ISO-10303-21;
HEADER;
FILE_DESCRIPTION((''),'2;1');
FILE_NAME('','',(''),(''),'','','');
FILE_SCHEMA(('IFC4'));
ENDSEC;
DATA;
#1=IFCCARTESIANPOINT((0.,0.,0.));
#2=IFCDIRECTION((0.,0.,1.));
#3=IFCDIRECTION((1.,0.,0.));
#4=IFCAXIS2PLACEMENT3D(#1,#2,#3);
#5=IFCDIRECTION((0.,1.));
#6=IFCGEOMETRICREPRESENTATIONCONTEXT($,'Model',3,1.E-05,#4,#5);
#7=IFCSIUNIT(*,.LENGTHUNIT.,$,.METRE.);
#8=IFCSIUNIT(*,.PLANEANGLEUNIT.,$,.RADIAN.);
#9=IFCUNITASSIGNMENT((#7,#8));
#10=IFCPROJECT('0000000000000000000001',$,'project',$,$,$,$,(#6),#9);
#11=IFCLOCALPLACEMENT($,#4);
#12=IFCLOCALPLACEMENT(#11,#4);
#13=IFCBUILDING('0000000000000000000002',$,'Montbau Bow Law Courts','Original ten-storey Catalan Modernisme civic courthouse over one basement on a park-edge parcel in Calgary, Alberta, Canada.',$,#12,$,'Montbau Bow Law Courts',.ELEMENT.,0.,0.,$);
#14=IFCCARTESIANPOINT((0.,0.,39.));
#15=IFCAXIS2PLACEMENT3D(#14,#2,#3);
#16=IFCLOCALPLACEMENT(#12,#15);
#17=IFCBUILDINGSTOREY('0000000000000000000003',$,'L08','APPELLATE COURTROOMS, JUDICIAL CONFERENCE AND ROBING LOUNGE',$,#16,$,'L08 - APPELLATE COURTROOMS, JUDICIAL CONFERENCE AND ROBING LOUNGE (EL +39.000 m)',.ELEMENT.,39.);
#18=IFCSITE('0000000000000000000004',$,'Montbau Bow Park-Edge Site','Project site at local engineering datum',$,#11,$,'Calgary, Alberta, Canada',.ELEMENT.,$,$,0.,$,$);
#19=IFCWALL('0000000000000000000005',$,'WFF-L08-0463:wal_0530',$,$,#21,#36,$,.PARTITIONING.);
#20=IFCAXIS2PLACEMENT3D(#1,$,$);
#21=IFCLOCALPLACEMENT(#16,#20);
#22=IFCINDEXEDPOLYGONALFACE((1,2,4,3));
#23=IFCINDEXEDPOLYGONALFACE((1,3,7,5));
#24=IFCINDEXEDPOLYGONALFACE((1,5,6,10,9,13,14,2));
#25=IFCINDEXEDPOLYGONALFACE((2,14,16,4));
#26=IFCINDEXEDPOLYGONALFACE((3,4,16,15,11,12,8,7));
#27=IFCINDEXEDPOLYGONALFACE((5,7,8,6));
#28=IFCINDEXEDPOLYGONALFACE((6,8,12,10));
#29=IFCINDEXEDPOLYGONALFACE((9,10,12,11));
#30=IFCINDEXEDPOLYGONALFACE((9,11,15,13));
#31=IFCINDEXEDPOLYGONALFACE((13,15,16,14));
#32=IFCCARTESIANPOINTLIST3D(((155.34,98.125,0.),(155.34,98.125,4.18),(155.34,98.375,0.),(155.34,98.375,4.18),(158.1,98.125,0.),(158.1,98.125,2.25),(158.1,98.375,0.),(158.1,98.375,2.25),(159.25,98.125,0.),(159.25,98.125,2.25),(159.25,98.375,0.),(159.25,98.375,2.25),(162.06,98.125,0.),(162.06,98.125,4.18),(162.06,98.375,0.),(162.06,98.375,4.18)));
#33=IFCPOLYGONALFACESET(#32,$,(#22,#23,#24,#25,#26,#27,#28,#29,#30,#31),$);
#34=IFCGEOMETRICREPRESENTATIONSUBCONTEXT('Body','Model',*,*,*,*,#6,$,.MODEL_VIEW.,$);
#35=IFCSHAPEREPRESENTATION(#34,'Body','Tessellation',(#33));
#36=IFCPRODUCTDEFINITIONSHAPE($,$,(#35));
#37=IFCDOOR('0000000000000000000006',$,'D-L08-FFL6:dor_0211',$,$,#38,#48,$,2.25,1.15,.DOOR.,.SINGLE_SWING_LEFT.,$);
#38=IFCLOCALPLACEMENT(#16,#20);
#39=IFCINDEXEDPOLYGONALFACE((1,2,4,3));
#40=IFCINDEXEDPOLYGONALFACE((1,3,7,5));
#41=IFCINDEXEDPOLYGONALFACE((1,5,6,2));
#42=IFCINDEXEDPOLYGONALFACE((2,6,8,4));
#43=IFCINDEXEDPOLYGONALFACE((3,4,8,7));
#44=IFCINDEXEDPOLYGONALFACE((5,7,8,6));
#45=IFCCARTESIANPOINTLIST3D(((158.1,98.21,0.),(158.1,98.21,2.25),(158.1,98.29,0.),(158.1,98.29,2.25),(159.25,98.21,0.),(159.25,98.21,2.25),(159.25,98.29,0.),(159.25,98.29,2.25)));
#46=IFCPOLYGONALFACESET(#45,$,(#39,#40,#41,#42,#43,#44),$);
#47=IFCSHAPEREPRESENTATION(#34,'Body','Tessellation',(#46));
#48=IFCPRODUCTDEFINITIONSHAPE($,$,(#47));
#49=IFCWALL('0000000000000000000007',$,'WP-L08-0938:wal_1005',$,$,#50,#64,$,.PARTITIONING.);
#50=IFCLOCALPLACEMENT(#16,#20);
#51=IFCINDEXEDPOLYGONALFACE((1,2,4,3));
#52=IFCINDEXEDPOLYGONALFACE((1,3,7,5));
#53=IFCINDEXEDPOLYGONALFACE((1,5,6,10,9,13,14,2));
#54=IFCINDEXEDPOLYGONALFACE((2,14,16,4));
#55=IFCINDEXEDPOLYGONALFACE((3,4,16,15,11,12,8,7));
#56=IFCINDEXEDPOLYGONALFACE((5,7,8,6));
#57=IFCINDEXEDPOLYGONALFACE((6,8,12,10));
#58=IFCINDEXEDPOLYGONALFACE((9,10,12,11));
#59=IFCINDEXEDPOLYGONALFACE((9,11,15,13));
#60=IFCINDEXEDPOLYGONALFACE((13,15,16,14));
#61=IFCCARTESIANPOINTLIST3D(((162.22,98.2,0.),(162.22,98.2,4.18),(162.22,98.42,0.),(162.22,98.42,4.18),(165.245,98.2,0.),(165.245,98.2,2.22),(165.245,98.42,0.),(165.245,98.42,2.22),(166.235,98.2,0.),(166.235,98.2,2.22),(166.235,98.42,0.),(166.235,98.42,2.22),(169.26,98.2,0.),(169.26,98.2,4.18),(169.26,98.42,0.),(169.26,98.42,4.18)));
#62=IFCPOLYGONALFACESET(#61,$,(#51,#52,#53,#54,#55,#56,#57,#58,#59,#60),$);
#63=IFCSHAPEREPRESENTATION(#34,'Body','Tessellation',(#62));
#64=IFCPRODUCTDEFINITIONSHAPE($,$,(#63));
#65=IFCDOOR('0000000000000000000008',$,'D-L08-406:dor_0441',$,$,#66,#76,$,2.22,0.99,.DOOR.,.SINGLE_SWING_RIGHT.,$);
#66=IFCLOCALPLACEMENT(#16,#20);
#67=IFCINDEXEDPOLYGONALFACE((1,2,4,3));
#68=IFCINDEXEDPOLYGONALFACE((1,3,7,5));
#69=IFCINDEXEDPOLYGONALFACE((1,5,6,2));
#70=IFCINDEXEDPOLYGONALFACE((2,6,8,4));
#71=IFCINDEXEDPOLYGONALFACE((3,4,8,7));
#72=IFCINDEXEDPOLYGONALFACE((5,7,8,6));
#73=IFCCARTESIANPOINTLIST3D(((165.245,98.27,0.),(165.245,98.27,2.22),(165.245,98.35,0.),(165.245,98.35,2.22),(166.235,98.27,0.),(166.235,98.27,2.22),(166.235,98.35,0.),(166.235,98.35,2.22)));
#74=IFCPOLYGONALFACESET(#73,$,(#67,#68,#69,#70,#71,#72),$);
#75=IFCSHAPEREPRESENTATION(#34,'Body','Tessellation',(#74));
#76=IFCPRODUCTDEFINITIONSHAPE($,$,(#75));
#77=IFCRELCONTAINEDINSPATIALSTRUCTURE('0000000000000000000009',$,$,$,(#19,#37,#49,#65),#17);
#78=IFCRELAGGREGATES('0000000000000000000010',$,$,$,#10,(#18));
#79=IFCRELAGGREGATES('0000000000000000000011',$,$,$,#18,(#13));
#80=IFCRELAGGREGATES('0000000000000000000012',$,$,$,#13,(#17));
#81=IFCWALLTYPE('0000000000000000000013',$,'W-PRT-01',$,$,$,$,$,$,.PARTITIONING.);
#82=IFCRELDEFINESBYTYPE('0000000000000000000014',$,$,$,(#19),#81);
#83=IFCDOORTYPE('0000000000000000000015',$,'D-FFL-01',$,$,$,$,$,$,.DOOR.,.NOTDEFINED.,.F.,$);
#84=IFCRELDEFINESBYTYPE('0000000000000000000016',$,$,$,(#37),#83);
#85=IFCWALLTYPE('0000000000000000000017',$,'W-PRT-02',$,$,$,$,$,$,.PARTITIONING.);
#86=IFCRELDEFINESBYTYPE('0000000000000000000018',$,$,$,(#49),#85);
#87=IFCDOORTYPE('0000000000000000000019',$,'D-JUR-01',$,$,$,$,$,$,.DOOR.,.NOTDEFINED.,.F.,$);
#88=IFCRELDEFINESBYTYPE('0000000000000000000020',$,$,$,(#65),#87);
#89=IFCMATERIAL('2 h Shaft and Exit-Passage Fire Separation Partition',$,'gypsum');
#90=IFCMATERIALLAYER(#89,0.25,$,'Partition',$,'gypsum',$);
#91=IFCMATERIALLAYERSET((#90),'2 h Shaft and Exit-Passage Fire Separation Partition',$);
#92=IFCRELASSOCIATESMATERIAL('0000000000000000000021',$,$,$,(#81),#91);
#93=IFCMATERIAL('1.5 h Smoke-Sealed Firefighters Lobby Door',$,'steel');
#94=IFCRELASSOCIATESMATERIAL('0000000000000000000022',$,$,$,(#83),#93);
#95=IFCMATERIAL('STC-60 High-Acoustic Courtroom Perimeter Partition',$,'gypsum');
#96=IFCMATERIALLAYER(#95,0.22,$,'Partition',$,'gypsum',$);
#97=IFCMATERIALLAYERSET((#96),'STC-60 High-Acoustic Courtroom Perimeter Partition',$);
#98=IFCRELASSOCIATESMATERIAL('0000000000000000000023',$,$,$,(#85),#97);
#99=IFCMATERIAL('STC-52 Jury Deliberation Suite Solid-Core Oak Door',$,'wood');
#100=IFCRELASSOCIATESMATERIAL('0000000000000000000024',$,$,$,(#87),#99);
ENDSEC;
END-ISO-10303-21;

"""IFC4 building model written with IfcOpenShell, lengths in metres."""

from ifc_helpers import new_model, si_unit, direction, frame, frame_2d, origin_with_axes, place, context, subcontext, project, spatial, rectangle, extrude, material, layer, layer_set, type_object, element, fill, save


model = new_model("IFC4")

# Units and contexts
model_context = context("Model", 3, precision=1e-05, world=origin_with_axes(), true_north=direction((0.0, 1.0)))
body_context = subcontext(model_context, "Body", "Model", "MODEL_VIEW")
ifc_project = project(units=[si_unit("LENGTHUNIT", "METRE"), si_unit("PLANEANGLEUNIT", "RADIAN")], contexts=[model_context])

# Site, building, storey
site_placement = place(None, origin_with_axes())
site = spatial("IfcSite", under=ifc_project, at=site_placement, Name="Montbau Bow Park-Edge Site", Description="Project site at local engineering datum", LongName="Calgary, Alberta, Canada", CompositionType="ELEMENT", RefElevation=0.0)
building_placement = place(site_placement, origin_with_axes())
building = spatial("IfcBuilding", under=site, at=building_placement, Name="Montbau Bow Law Courts", Description="Original ten-storey Catalan Modernisme civic courthouse over one basement on a park-edge parcel in Calgary, Alberta, Canada.", LongName="Montbau Bow Law Courts", CompositionType="ELEMENT", ElevationOfRefHeight=0.0, ElevationOfTerrain=0.0)
storey_placement = place(building_placement, frame((0.0, 0.0, 39.0), z_axis=(0.0, 0.0, 1.0), x_axis=(1.0, 0.0, 0.0)))
storey = spatial("IfcBuildingStorey", under=building, at=storey_placement, Name="L08", Description="APPELLATE COURTROOMS, JUDICIAL CONFERENCE AND ROBING LOUNGE", LongName="L08 - APPELLATE COURTROOMS, JUDICIAL CONFERENCE AND ROBING LOUNGE (EL +39.000 m)", CompositionType="ELEMENT", Elevation=39.0)

# Walls, openings, doors
ifc_material_1 = material(Name="2 h Shaft and Exit-Passage Fire Separation Partition", Category="gypsum")
ifc_layer_1 = layer(ifc_material_1, 0.25, Name="Partition", Category="gypsum")
ifc_layer_set_1 = layer_set([ifc_layer_1], Name="2 h Shaft and Exit-Passage Fire Separation Partition")
wall_type_1 = type_object("IfcWallType", Name="W-PRT-01", PredefinedType="PARTITIONING", material=ifc_layer_set_1)
wall_1_placement = place(None, frame((162.06, 98.25, 39.0), z_axis=(0.0, 0.0, 1.0), x_axis=(-1.0, 0.0, 0.0)))
wall_1 = element("IfcWall", 1, at=wall_1_placement, inside=storey, type_object=wall_type_1, Name="WFF-L08-0463:wal_0530", PredefinedType="PARTITIONING", context=body_context, shape_type="SweptSolid", body=[
    extrude(rectangle(XDim=6.72, YDim=0.25, at=frame_2d((3.36, 0.0), x_axis=(1.0, 0.0))), origin_with_axes(), (0.0, 0.0, 1.0), 4.18),
])
opening_1_placement = place(None, frame((158.675, 98.25, 39.0), z_axis=(0.0, 0.0, 1.0), x_axis=(-1.0, 0.0, 0.0)))
opening_1 = element("IfcOpeningElement", 2, at=opening_1_placement, cuts=wall_1, PredefinedType="OPENING", context=body_context, shape_type="SweptSolid", body=[
    extrude(rectangle(XDim=1.15, YDim=2.25, at=frame_2d((0.0, 1.125), x_axis=(1.0, 0.0))), frame((0.0, 0.135, 0.0), z_axis=(0.0, -1.0, 0.0), x_axis=(1.0, 0.0, 0.0)), (0.0, 0.0, 1.0), 0.27),
])
ifc_material_2 = material(Name="1.5 h Smoke-Sealed Firefighters Lobby Door", Category="steel")
door_type_1 = type_object("IfcDoorType", Name="D-FFL-01", OperationType="NOTDEFINED", ParameterTakesPrecedence=False, PredefinedType="DOOR", material=ifc_material_2)
door_1_placement = place(None, frame((158.675, 98.25, 39.0), z_axis=(0.0, 0.0, 1.0), x_axis=(1.0, 0.0, 0.0)))
door_1 = element("IfcDoor", 3, at=door_1_placement, inside=storey, type_object=door_type_1, Name="D-L08-FFL6:dor_0211", OperationType="SINGLE_SWING_LEFT", OverallHeight=2.25, OverallWidth=1.15, PredefinedType="DOOR", context=body_context, shape_type="SweptSolid", body=[
    extrude(rectangle(XDim=1.15, YDim=2.25, at=frame_2d((0.0, 1.125), x_axis=(1.0, 0.0))), frame((0.0, 0.04, 0.0), z_axis=(0.0, -1.0, 0.0), x_axis=(1.0, 0.0, 0.0)), (0.0, 0.0, 1.0), 0.08),
])
fill(opening_1, door_1)
ifc_material_3 = material(Name="STC-60 High-Acoustic Courtroom Perimeter Partition", Category="gypsum")
ifc_layer_2 = layer(ifc_material_3, 0.22, Name="Partition", Category="gypsum")
ifc_layer_set_2 = layer_set([ifc_layer_2], Name="STC-60 High-Acoustic Courtroom Perimeter Partition")
wall_type_2 = type_object("IfcWallType", Name="W-PRT-02", PredefinedType="PARTITIONING", material=ifc_layer_set_2)
wall_2_placement = place(None, frame((162.22, 98.31, 39.0), z_axis=(0.0, 0.0, 1.0), x_axis=(1.0, 0.0, 0.0)))
wall_2 = element("IfcWall", 4, at=wall_2_placement, inside=storey, type_object=wall_type_2, Name="WP-L08-0938:wal_1005", PredefinedType="PARTITIONING", context=body_context, shape_type="SweptSolid", body=[
    extrude(rectangle(XDim=7.04, YDim=0.22, at=frame_2d((3.52, 0.0), x_axis=(1.0, 0.0))), origin_with_axes(), (0.0, 0.0, 1.0), 4.18),
])
opening_2_placement = place(None, frame((165.74, 98.31, 39.0), z_axis=(0.0, 0.0, 1.0), x_axis=(1.0, 0.0, 0.0)))
opening_2 = element("IfcOpeningElement", 5, at=opening_2_placement, cuts=wall_2, PredefinedType="OPENING", context=body_context, shape_type="SweptSolid", body=[
    extrude(rectangle(XDim=0.99, YDim=2.22, at=frame_2d((0.0, 1.11), x_axis=(1.0, 0.0))), frame((0.0, 0.12, 0.0), z_axis=(0.0, -1.0, 0.0), x_axis=(1.0, 0.0, 0.0)), (0.0, 0.0, 1.0), 0.24),
])
ifc_material_4 = material(Name="STC-52 Jury Deliberation Suite Solid-Core Oak Door", Category="wood")
door_type_2 = type_object("IfcDoorType", Name="D-JUR-01", OperationType="NOTDEFINED", ParameterTakesPrecedence=False, PredefinedType="DOOR", material=ifc_material_4)
door_2_placement = place(None, frame((165.74, 98.31, 39.0), z_axis=(0.0, 0.0, 1.0), x_axis=(1.0, 0.0, 0.0)))
door_2 = element("IfcDoor", 6, at=door_2_placement, inside=storey, type_object=door_type_2, Name="D-L08-406:dor_0441", OperationType="SINGLE_SWING_RIGHT", OverallHeight=2.22, OverallWidth=0.99, PredefinedType="DOOR", context=body_context, shape_type="SweptSolid", body=[
    extrude(rectangle(XDim=0.99, YDim=2.22, at=frame_2d((0.0, 1.11), x_axis=(1.0, 0.0))), frame((0.0, 0.04, 0.0), z_axis=(0.0, -1.0, 0.0), x_axis=(1.0, 0.0, 0.0)), (0.0, 0.0, 1.0), 0.08),
])
fill(opening_2, door_2)

save(model, "model.ifc")
